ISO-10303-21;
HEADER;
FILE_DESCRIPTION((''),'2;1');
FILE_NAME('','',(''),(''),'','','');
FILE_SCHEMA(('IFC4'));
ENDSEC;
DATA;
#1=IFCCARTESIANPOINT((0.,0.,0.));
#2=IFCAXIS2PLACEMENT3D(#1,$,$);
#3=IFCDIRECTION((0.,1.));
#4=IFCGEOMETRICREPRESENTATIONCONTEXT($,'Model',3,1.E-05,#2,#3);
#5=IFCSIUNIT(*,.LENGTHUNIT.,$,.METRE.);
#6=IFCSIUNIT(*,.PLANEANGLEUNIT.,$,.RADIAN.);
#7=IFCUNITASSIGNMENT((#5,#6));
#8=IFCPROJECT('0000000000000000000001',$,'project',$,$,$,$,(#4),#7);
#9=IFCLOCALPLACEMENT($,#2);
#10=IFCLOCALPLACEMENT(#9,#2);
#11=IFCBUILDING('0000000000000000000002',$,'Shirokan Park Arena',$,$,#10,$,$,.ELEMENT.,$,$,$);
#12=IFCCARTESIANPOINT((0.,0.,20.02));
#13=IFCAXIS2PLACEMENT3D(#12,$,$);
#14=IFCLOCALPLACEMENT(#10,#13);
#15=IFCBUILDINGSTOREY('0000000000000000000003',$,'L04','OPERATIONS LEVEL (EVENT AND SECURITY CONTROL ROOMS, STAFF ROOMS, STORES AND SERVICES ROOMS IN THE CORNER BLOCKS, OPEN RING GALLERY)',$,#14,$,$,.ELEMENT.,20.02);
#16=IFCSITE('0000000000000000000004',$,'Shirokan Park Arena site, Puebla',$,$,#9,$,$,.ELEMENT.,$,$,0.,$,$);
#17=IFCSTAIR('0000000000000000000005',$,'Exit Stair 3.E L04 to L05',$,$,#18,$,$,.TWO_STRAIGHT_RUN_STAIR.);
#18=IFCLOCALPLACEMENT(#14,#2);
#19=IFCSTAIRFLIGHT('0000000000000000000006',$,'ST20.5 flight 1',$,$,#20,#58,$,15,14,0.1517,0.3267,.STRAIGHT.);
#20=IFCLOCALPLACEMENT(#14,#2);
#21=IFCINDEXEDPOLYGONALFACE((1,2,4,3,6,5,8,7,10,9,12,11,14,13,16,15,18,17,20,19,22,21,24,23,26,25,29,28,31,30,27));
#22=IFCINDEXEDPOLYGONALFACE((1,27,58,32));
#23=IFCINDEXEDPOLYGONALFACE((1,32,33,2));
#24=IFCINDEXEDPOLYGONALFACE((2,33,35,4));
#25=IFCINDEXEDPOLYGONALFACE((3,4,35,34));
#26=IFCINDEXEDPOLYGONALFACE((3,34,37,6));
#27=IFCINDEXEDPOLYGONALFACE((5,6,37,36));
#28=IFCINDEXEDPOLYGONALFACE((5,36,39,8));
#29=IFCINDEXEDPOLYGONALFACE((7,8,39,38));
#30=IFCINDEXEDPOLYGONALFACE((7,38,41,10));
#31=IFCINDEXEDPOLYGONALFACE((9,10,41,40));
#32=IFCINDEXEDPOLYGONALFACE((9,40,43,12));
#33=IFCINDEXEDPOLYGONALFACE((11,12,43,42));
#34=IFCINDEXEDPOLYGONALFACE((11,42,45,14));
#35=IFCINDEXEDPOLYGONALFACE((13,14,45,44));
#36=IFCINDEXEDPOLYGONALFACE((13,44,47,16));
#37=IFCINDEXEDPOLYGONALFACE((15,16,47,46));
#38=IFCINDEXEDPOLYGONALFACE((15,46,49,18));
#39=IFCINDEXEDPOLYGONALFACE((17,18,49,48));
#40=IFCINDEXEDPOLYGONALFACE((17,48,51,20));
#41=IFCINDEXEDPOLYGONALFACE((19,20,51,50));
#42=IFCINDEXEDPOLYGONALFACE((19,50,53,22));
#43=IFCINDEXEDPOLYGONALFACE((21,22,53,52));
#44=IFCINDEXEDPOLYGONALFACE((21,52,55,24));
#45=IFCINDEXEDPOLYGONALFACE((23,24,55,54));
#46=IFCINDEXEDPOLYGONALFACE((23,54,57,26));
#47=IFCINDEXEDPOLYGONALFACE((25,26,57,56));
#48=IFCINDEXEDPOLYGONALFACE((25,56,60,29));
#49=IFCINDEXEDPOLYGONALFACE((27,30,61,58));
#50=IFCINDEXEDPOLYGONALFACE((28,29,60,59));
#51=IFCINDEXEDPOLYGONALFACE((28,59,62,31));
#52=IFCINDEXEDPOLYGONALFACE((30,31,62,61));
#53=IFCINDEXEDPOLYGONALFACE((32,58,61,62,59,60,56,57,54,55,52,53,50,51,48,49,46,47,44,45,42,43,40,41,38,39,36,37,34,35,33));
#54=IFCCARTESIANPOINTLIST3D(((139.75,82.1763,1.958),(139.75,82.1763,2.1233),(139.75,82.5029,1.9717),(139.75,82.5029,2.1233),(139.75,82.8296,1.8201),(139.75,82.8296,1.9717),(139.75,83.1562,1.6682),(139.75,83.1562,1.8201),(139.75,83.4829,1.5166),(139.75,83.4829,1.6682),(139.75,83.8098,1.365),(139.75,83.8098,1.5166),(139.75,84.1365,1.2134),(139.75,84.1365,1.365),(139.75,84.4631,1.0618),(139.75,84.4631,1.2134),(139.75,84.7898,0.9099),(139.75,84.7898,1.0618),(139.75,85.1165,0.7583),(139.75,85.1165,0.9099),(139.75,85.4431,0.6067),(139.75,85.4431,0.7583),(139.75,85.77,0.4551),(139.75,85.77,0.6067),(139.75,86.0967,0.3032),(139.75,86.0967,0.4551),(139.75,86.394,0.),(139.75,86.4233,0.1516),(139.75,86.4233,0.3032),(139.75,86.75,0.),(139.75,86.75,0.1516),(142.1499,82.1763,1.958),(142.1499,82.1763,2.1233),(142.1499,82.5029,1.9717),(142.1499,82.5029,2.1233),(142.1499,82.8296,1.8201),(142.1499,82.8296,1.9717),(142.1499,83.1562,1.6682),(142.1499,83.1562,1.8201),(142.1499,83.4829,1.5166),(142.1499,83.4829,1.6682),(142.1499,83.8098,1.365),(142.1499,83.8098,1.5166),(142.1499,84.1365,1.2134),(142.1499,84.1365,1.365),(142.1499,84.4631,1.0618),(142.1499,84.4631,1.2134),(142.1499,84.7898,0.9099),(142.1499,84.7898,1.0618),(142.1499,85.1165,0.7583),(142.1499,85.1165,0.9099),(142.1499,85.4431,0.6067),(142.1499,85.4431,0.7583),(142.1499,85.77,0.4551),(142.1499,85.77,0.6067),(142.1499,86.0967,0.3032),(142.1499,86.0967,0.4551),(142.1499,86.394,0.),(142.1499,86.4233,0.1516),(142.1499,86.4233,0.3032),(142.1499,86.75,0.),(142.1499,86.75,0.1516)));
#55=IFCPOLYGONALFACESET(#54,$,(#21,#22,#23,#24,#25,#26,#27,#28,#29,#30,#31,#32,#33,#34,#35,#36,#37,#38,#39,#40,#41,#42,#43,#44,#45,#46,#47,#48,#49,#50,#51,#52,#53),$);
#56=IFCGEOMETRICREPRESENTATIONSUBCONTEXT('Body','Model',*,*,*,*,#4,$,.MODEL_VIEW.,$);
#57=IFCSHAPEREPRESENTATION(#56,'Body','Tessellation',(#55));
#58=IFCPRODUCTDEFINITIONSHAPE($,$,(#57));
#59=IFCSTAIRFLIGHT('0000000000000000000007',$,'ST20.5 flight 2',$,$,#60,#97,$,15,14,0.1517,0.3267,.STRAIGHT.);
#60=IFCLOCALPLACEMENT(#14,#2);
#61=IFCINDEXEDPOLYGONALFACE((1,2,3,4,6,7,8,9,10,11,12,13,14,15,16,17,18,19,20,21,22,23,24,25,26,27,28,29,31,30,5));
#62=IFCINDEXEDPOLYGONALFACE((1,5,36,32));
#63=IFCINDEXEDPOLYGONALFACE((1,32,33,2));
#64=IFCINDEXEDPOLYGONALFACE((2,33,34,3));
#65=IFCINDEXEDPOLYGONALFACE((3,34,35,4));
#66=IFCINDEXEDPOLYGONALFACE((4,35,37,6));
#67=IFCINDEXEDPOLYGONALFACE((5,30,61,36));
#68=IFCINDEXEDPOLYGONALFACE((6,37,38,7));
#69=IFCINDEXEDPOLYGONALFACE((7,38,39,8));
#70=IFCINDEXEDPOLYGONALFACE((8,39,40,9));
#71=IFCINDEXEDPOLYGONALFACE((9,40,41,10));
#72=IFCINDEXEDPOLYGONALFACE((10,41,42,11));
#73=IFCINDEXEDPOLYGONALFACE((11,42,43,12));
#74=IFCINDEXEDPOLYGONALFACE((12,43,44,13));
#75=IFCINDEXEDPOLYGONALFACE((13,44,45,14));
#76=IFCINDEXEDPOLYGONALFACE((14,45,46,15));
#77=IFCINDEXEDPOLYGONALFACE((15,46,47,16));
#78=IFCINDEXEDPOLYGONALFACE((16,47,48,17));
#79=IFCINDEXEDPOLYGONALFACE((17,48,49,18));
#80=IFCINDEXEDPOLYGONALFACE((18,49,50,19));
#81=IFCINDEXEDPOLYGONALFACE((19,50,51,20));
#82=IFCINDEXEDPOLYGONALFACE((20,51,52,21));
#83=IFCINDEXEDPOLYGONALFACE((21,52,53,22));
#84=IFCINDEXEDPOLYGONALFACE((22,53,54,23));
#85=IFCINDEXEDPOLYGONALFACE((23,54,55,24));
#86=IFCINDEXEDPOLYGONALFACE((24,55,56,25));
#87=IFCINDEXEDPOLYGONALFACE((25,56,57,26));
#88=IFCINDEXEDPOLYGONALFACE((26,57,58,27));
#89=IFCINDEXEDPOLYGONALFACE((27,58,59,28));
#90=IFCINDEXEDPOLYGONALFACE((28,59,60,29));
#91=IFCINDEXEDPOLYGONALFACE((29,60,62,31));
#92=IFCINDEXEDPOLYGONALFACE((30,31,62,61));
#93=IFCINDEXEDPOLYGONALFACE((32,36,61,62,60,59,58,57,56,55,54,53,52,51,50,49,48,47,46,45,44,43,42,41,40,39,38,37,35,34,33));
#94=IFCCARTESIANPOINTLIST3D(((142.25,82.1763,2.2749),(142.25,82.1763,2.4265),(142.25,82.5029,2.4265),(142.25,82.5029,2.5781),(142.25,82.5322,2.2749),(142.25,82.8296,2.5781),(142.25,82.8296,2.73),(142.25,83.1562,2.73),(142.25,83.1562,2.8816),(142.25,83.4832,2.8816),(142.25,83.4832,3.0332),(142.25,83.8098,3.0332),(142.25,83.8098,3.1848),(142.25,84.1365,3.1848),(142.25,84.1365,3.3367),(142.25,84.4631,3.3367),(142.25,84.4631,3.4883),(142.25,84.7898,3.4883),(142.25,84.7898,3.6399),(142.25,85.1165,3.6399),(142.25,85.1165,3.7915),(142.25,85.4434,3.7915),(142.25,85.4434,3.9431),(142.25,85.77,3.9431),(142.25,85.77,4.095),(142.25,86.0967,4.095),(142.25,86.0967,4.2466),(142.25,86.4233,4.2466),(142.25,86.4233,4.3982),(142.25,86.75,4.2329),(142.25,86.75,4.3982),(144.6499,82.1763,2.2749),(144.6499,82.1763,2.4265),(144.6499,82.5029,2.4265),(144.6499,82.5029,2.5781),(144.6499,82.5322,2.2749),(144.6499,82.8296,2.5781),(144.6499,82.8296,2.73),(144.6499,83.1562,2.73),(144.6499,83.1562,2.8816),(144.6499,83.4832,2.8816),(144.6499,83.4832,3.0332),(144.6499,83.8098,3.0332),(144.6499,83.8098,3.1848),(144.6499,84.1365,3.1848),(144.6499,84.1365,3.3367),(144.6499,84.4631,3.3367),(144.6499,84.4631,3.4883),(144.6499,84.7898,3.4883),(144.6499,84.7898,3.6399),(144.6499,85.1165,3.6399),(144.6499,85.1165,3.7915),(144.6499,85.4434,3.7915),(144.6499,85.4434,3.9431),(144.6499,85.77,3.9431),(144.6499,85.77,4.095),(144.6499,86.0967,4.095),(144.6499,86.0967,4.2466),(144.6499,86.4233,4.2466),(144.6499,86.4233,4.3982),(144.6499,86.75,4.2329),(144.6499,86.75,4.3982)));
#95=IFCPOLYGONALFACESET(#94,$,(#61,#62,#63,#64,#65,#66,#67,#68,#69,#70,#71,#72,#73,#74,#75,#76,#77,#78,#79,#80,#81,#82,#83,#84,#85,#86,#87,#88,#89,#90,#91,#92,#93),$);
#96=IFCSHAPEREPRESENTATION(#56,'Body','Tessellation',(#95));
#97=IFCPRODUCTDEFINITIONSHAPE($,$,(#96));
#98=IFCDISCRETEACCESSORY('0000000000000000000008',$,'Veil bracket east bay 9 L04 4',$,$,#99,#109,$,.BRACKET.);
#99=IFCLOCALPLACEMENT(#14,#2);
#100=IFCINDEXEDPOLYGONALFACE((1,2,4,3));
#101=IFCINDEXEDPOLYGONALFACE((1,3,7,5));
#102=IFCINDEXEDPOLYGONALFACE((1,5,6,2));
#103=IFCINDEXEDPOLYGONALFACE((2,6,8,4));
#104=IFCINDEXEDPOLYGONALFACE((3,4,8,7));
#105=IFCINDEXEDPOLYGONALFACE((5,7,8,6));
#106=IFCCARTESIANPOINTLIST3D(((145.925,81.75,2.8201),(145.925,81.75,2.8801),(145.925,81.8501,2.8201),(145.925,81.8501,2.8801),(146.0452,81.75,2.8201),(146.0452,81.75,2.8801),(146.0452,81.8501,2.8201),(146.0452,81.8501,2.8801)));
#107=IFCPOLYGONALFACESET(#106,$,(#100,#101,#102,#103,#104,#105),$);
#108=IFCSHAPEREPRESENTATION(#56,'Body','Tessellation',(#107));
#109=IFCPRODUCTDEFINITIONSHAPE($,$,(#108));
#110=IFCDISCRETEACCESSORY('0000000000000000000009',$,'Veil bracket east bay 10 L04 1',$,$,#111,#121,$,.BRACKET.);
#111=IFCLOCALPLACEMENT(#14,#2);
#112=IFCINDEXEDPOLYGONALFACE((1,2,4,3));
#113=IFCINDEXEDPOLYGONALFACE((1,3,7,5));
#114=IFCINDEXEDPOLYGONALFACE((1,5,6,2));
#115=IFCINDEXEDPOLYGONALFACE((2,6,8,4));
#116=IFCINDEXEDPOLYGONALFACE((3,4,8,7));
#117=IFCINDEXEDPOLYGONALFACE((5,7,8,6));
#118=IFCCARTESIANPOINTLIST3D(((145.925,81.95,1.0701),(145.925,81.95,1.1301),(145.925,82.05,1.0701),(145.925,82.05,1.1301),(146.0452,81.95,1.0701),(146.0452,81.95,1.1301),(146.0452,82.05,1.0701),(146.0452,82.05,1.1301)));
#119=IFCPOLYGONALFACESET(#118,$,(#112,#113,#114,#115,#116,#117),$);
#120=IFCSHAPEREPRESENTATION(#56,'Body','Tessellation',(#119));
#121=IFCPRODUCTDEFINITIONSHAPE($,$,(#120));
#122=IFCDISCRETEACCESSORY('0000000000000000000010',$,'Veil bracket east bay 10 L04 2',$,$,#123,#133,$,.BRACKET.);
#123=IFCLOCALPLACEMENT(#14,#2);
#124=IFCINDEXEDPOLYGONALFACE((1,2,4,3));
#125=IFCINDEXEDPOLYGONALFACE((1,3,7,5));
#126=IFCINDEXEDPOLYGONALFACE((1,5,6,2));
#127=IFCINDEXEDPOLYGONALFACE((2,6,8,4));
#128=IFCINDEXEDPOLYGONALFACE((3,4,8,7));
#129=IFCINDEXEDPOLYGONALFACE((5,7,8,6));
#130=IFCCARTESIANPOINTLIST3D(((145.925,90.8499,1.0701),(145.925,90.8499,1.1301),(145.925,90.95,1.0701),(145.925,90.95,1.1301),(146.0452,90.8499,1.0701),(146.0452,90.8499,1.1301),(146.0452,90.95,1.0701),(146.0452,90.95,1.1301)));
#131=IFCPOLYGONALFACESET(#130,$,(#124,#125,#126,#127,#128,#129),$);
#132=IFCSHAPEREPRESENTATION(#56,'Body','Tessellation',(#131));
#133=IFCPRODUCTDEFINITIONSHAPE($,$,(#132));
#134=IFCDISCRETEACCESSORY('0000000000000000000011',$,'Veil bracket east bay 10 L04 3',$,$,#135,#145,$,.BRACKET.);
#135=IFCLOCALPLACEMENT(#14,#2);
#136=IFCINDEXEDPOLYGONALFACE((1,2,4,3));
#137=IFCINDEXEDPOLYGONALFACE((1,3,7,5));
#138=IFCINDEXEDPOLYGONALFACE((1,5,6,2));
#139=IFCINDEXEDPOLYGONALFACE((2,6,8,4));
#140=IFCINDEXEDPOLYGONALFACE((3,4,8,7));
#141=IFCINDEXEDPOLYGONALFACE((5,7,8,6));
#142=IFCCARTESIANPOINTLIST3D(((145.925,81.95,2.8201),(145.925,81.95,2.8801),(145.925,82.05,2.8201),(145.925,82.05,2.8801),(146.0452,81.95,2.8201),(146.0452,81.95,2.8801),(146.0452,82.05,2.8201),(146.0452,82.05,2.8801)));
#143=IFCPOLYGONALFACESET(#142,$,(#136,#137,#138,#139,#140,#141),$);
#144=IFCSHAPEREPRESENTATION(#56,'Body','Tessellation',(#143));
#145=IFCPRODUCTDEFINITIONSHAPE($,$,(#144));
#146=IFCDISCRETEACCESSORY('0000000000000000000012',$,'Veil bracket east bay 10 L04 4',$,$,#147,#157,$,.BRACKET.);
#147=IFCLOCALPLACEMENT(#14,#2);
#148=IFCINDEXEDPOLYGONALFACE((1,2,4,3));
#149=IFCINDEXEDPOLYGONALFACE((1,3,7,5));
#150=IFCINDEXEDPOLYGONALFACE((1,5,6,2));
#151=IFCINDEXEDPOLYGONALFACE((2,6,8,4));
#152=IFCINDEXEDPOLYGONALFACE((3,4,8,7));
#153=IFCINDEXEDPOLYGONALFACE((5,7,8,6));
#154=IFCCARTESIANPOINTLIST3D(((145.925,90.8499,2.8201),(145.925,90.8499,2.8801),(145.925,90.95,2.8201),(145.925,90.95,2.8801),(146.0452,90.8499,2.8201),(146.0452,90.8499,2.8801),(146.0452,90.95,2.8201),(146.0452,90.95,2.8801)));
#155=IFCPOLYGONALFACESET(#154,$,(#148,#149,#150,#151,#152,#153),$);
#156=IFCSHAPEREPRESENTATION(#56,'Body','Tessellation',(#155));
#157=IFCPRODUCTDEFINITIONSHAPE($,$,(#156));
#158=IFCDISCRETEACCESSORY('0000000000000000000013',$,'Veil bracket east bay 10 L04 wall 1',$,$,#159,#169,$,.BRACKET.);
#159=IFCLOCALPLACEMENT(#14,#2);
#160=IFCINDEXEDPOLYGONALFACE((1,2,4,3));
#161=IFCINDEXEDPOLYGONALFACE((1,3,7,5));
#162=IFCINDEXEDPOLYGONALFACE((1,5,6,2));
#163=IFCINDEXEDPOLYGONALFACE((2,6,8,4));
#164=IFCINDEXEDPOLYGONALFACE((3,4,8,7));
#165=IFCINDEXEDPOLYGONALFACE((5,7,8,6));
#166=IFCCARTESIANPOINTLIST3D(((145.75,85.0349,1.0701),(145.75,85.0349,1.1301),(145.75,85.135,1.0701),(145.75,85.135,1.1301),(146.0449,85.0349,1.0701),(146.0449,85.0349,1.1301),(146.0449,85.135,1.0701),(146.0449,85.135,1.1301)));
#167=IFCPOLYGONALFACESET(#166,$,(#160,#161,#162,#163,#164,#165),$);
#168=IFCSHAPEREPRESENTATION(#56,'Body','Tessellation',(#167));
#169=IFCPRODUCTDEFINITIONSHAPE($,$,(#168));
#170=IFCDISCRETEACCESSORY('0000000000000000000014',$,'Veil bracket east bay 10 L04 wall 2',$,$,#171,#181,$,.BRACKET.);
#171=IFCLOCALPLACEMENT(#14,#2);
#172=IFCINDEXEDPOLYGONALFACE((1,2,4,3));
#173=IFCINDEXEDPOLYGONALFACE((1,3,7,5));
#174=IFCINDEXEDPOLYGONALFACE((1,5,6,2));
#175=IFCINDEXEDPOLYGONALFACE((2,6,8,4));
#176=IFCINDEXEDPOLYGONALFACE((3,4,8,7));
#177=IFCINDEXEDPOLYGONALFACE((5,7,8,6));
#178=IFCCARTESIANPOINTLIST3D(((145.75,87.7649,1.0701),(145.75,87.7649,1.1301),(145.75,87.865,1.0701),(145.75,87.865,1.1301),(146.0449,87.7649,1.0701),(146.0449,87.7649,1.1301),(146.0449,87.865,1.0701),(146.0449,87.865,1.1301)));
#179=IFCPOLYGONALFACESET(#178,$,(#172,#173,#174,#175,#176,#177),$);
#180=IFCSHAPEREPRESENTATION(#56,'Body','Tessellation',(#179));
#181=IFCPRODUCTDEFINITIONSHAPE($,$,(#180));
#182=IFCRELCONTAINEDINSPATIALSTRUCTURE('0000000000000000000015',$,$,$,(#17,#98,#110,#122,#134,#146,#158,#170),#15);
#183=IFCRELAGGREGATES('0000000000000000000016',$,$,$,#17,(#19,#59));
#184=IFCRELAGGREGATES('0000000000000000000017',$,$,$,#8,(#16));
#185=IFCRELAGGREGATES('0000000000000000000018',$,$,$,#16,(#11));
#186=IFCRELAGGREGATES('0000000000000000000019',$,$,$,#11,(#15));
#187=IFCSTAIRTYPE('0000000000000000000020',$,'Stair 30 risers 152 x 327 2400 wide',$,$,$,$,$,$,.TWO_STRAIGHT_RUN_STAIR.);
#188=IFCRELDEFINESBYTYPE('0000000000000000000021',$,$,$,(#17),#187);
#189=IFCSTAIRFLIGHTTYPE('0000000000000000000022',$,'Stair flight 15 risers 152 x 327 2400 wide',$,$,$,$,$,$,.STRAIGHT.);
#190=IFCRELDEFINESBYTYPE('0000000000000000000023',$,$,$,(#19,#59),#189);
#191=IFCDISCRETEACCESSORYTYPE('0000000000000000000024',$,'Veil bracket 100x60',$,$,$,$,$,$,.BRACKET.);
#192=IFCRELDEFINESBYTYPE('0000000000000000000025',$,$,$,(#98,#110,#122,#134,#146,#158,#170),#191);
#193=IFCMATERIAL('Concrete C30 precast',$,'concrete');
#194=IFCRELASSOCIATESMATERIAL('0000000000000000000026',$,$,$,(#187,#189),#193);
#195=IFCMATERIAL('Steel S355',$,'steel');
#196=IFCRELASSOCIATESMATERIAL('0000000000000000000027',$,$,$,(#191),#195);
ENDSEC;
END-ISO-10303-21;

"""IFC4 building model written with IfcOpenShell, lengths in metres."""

from ifc_helpers import new_model, si_unit, direction, frame, origin, origin_2d, place, context, subcontext, project, spatial, polyline, rectangle, outline, extrude, material, type_object, element, aggregate, save


model = new_model("IFC4")

# Units and contexts
model_context = context("Model", 3, precision=1e-05, world=origin(), true_north=direction((0.0, 1.0)))
body_context = subcontext(model_context, "Body", "Model", "MODEL_VIEW")
ifc_project = project(units=[si_unit("LENGTHUNIT", "METRE"), si_unit("PLANEANGLEUNIT", "RADIAN")], contexts=[model_context])

# Site, building, storey
site_placement = place(None, origin())
site = spatial("IfcSite", under=ifc_project, at=site_placement, Name="Shirokan Park Arena site, Puebla", CompositionType="ELEMENT", RefElevation=0.0)
building_placement = place(site_placement, origin())
building = spatial("IfcBuilding", under=site, at=building_placement, Name="Shirokan Park Arena", CompositionType="ELEMENT")
storey_placement = place(building_placement, frame((0.0, 0.0, 20.02)))
storey = spatial("IfcBuildingStorey", under=building, at=storey_placement, Name="L04", Description="OPERATIONS LEVEL (EVENT AND SECURITY CONTROL ROOMS, STAFF ROOMS, STORES AND SERVICES ROOMS IN THE CORNER BLOCKS, OPEN RING GALLERY)", CompositionType="ELEMENT", Elevation=20.02)

# Stair, stair flights
ifc_material_1 = material(Name="Concrete C30 precast", Category="concrete")
stair_type = type_object("IfcStairType", Name="Stair 30 risers 152 x 327 2400 wide", PredefinedType="TWO_STRAIGHT_RUN_STAIR", material=ifc_material_1)
stair_placement = place(storey_placement, origin())
stair = element("IfcStair", 1, at=stair_placement, inside=storey, type_object=stair_type, Name="Exit Stair 3.E L04 to L05", PredefinedType="TWO_STRAIGHT_RUN_STAIR")
stair_flight_type = type_object("IfcStairFlightType", Name="Stair flight 15 risers 152 x 327 2400 wide", PredefinedType="STRAIGHT", material=ifc_material_1)
stair_flight_1_placement = place(storey_placement, frame((140.95, 86.75, 0.0), z_axis=(0.0, 0.0, 1.0), x_axis=(0.0, -1.0, 0.0)))
stair_flight_1 = element("IfcStairFlight", 2, at=stair_flight_1_placement, type_object=stair_flight_type, Name="ST20.5 flight 1", NumberOfRisers=15, NumberOfTreads=14, PredefinedType="STRAIGHT", RiserHeight=0.1517, TreadLength=0.3267, context=body_context, shape_type="SweptSolid", body=[
    extrude(outline(polyline([(0.0, 0.0), (0.0, 0.1516), (0.3267, 0.1516), (0.3267, 0.3032), (0.6533, 0.3032), (0.6533, 0.4551), (0.98, 0.4551), (0.98, 0.6067), (1.3069, 0.6067), (1.3069, 0.7583), (1.6335, 0.7583), (1.6335, 0.9099), (1.9602, 0.9099), (1.9602, 1.0618), (2.2869, 1.0618), (2.2869, 1.2134), (2.6135, 1.2134), (2.6135, 1.365), (2.9402, 1.365), (2.9402, 1.5166), (3.2671, 1.5166), (3.2671, 1.6682), (3.5938, 1.6682), (3.5938, 1.8201), (3.9204, 1.8201), (3.9204, 1.9717), (4.2471, 1.9717), (4.2471, 2.1233), (4.5737, 2.1233), (4.5737, 2.2749), (4.5737, 1.958), (0.356, 0.0), (0.0, 0.0)])), frame((0.0, 1.2, 0.0), z_axis=(0.0, -1.0, 0.0), x_axis=(1.0, 0.0, 0.0)), (0.0, 0.0, 1.0), 2.3999),
])
stair_flight_2_placement = place(storey_placement, frame((143.45, 82.1763, 2.2749), z_axis=(0.0, 0.0, 1.0), x_axis=(0.0, 1.0, 0.0)))
stair_flight_2 = element("IfcStairFlight", 3, at=stair_flight_2_placement, type_object=stair_flight_type, Name="ST20.5 flight 2", NumberOfRisers=15, NumberOfTreads=14, PredefinedType="STRAIGHT", RiserHeight=0.1517, TreadLength=0.3267, context=body_context, shape_type="SweptSolid", body=[
    extrude(outline(polyline([(0.0, 0.0), (0.0, 0.1516), (0.3267, 0.1516), (0.3267, 0.3032), (0.6533, 0.3032), (0.6533, 0.4551), (0.98, 0.4551), (0.98, 0.6067), (1.3069, 0.6067), (1.3069, 0.7583), (1.6335, 0.7583), (1.6335, 0.9099), (1.9602, 0.9099), (1.9602, 1.0618), (2.2869, 1.0618), (2.2869, 1.2134), (2.6135, 1.2134), (2.6135, 1.365), (2.9402, 1.365), (2.9402, 1.5166), (3.2671, 1.5166), (3.2671, 1.6682), (3.5938, 1.6682), (3.5938, 1.8201), (3.9204, 1.8201), (3.9204, 1.9717), (4.2471, 1.9717), (4.2471, 2.1233), (4.5737, 2.1233), (4.5737, 2.2749), (4.5737, 1.958), (0.356, 0.0), (0.0, 0.0)])), frame((0.0, 1.2, 0.0), z_axis=(0.0, -1.0, 0.0), x_axis=(1.0, 0.0, 0.0)), (0.0, 0.0, 1.0), 2.3999),
])
aggregate(stair, [stair_flight_1, stair_flight_2])

# Discrete accessories
ifc_material_2 = material(Name="Steel S355", Category="steel")
discrete_accessory_type = type_object("IfcDiscreteAccessoryType", Name="Veil bracket 100x60", PredefinedType="BRACKET", material=ifc_material_2)
for number, where, z_axis, x_axis, name in (
    (4, (145.9851, 81.8, 2.8201), (0.0, 0.0, 1.0), (0.0, 1.0, 0.0), "Veil bracket east bay 9 L04 4"),
    (5, (145.9851, 82.0, 1.0701), (0.0, 0.0, 1.0), (0.0, 1.0, 0.0), "Veil bracket east bay 10 L04 1"),
    (6, (145.9851, 90.8999, 1.0701), (0.0, 0.0, 1.0), (0.0, 1.0, 0.0), "Veil bracket east bay 10 L04 2"),
    (7, (145.9851, 82.0, 2.8201), (0.0, 0.0, 1.0), (0.0, 1.0, 0.0), "Veil bracket east bay 10 L04 3"),
    (8, (145.9851, 90.8999, 2.8201), (0.0, 0.0, 1.0), (0.0, 1.0, 0.0), "Veil bracket east bay 10 L04 4"),
):
    element("IfcDiscreteAccessory", number, at=place(storey_placement, frame(where, z_axis=z_axis, x_axis=x_axis)), inside=storey, type_object=discrete_accessory_type, Name=name, PredefinedType="BRACKET", context=body_context, shape_type="SweptSolid", body=[
        extrude(rectangle(XDim=0.1001, YDim=0.1201, at=origin_2d()), origin(), (0.0, 0.0, 1.0), 0.0601),
    ])
for number, where, z_axis, x_axis, name in (
    (9, (145.8975, 85.085, 1.0701), (0.0, 0.0, 1.0), (0.0, 1.0, 0.0), "Veil bracket east bay 10 L04 wall 1"),
    (10, (145.8975, 87.8149, 1.0701), (0.0, 0.0, 1.0), (0.0, 1.0, 0.0), "Veil bracket east bay 10 L04 wall 2"),
):
    element("IfcDiscreteAccessory", number, at=place(storey_placement, frame(where, z_axis=z_axis, x_axis=x_axis)), inside=storey, type_object=discrete_accessory_type, Name=name, PredefinedType="BRACKET", context=body_context, shape_type="SweptSolid", body=[
        extrude(rectangle(XDim=0.1001, YDim=0.2949, at=origin_2d()), origin(), (0.0, 0.0, 1.0), 0.0601),
    ])

save(model, "model.ifc")
